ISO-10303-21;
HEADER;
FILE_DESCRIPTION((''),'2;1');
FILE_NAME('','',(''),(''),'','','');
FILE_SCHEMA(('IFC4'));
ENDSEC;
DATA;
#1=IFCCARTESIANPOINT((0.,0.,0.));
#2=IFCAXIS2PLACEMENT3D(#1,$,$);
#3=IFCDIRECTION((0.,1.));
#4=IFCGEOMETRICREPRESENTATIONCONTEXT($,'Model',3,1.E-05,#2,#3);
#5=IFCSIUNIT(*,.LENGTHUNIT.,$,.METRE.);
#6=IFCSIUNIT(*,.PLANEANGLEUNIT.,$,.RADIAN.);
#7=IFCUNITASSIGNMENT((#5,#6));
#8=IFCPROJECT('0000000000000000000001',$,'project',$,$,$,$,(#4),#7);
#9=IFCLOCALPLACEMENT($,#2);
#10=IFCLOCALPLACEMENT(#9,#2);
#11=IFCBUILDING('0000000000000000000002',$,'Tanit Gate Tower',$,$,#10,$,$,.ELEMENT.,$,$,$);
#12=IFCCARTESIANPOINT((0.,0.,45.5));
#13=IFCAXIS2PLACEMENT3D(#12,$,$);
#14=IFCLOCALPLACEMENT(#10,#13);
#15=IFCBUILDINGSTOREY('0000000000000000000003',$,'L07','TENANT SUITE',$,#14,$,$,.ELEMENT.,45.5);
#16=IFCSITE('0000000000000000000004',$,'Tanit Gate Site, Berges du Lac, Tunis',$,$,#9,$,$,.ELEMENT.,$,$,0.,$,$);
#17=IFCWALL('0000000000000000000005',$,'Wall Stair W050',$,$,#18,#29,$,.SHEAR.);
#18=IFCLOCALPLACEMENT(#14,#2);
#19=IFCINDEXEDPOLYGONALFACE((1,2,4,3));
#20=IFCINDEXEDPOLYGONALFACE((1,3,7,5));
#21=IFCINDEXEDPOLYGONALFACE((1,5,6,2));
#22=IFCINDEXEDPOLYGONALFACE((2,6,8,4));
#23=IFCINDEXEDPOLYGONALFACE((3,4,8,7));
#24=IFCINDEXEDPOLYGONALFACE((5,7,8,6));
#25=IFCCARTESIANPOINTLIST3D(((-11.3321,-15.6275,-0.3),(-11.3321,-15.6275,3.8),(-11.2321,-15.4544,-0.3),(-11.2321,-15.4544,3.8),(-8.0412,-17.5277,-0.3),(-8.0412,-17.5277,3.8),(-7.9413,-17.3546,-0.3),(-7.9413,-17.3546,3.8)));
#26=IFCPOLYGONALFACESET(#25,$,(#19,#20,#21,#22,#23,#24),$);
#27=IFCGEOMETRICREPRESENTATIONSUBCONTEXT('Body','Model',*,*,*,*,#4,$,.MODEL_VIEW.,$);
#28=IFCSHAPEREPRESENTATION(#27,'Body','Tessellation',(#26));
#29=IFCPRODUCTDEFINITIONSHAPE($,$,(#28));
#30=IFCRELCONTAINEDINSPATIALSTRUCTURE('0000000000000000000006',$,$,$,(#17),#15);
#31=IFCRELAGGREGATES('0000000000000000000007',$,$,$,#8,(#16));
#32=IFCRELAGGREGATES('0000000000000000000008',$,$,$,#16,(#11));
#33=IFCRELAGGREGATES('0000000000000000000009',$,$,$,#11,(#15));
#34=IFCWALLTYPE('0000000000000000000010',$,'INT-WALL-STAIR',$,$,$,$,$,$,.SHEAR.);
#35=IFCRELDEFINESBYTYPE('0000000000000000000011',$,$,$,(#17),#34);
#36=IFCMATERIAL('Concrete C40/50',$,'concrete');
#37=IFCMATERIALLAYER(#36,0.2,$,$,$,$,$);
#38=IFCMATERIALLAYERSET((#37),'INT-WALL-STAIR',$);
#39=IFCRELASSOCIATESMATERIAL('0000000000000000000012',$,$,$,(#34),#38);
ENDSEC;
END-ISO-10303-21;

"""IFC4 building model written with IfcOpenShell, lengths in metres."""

from ifc_helpers import new_model, si_unit, direction, frame, frame_2d, origin, place, context, subcontext, project, spatial, rectangle, extrude, material, layer, layer_set, type_object, element, save


model = new_model("IFC4")

# Units and contexts
model_context = context("Model", 3, precision=1e-05, world=origin(), true_north=direction((0.0, 1.0)))
body_context = subcontext(model_context, "Body", "Model", "MODEL_VIEW")
ifc_project = project(units=[si_unit("LENGTHUNIT", "METRE"), si_unit("PLANEANGLEUNIT", "RADIAN")], contexts=[model_context])

# Site, building, storey
site_placement = place(None, origin())
site = spatial("IfcSite", under=ifc_project, at=site_placement, Name="Tanit Gate Site, Berges du Lac, Tunis", CompositionType="ELEMENT", RefElevation=0.0)
building_placement = place(site_placement, origin())
building = spatial("IfcBuilding", under=site, at=building_placement, Name="Tanit Gate Tower", CompositionType="ELEMENT")
storey_placement = place(building_placement, frame((0.0, 0.0, 45.5)))
storey = spatial("IfcBuildingStorey", under=building, at=storey_placement, Name="L07", Description="TENANT SUITE", CompositionType="ELEMENT", Elevation=45.5)

# Wall
ifc_material_1 = material(Name="Concrete C40/50", Category="concrete")
ifc_layer_1 = layer(ifc_material_1, 0.2)
ifc_layer_set_1 = layer_set([ifc_layer_1], Name="INT-WALL-STAIR")
wall_type_1 = type_object("IfcWallType", Name="INT-WALL-STAIR", PredefinedType="SHEAR", material=ifc_layer_set_1)
wall_1_placement = place(storey_placement, frame((-11.282, -15.541, -0.3), z_axis=(0.0, 0.0, 1.0), x_axis=(0.866, -0.500043, 0.0)))
element("IfcWall", 1, at=wall_1_placement, inside=storey, type_object=wall_type_1, Name="Wall Stair W050", PredefinedType="SHEAR", context=body_context, shape_type="SweptSolid", body=[
    extrude(rectangle(XDim=3.8, YDim=0.2, at=frame_2d((1.8999, 0.0))), origin(), (0.0, 0.0, 1.0), 4.1001),
])

save(model, "model.ifc")
